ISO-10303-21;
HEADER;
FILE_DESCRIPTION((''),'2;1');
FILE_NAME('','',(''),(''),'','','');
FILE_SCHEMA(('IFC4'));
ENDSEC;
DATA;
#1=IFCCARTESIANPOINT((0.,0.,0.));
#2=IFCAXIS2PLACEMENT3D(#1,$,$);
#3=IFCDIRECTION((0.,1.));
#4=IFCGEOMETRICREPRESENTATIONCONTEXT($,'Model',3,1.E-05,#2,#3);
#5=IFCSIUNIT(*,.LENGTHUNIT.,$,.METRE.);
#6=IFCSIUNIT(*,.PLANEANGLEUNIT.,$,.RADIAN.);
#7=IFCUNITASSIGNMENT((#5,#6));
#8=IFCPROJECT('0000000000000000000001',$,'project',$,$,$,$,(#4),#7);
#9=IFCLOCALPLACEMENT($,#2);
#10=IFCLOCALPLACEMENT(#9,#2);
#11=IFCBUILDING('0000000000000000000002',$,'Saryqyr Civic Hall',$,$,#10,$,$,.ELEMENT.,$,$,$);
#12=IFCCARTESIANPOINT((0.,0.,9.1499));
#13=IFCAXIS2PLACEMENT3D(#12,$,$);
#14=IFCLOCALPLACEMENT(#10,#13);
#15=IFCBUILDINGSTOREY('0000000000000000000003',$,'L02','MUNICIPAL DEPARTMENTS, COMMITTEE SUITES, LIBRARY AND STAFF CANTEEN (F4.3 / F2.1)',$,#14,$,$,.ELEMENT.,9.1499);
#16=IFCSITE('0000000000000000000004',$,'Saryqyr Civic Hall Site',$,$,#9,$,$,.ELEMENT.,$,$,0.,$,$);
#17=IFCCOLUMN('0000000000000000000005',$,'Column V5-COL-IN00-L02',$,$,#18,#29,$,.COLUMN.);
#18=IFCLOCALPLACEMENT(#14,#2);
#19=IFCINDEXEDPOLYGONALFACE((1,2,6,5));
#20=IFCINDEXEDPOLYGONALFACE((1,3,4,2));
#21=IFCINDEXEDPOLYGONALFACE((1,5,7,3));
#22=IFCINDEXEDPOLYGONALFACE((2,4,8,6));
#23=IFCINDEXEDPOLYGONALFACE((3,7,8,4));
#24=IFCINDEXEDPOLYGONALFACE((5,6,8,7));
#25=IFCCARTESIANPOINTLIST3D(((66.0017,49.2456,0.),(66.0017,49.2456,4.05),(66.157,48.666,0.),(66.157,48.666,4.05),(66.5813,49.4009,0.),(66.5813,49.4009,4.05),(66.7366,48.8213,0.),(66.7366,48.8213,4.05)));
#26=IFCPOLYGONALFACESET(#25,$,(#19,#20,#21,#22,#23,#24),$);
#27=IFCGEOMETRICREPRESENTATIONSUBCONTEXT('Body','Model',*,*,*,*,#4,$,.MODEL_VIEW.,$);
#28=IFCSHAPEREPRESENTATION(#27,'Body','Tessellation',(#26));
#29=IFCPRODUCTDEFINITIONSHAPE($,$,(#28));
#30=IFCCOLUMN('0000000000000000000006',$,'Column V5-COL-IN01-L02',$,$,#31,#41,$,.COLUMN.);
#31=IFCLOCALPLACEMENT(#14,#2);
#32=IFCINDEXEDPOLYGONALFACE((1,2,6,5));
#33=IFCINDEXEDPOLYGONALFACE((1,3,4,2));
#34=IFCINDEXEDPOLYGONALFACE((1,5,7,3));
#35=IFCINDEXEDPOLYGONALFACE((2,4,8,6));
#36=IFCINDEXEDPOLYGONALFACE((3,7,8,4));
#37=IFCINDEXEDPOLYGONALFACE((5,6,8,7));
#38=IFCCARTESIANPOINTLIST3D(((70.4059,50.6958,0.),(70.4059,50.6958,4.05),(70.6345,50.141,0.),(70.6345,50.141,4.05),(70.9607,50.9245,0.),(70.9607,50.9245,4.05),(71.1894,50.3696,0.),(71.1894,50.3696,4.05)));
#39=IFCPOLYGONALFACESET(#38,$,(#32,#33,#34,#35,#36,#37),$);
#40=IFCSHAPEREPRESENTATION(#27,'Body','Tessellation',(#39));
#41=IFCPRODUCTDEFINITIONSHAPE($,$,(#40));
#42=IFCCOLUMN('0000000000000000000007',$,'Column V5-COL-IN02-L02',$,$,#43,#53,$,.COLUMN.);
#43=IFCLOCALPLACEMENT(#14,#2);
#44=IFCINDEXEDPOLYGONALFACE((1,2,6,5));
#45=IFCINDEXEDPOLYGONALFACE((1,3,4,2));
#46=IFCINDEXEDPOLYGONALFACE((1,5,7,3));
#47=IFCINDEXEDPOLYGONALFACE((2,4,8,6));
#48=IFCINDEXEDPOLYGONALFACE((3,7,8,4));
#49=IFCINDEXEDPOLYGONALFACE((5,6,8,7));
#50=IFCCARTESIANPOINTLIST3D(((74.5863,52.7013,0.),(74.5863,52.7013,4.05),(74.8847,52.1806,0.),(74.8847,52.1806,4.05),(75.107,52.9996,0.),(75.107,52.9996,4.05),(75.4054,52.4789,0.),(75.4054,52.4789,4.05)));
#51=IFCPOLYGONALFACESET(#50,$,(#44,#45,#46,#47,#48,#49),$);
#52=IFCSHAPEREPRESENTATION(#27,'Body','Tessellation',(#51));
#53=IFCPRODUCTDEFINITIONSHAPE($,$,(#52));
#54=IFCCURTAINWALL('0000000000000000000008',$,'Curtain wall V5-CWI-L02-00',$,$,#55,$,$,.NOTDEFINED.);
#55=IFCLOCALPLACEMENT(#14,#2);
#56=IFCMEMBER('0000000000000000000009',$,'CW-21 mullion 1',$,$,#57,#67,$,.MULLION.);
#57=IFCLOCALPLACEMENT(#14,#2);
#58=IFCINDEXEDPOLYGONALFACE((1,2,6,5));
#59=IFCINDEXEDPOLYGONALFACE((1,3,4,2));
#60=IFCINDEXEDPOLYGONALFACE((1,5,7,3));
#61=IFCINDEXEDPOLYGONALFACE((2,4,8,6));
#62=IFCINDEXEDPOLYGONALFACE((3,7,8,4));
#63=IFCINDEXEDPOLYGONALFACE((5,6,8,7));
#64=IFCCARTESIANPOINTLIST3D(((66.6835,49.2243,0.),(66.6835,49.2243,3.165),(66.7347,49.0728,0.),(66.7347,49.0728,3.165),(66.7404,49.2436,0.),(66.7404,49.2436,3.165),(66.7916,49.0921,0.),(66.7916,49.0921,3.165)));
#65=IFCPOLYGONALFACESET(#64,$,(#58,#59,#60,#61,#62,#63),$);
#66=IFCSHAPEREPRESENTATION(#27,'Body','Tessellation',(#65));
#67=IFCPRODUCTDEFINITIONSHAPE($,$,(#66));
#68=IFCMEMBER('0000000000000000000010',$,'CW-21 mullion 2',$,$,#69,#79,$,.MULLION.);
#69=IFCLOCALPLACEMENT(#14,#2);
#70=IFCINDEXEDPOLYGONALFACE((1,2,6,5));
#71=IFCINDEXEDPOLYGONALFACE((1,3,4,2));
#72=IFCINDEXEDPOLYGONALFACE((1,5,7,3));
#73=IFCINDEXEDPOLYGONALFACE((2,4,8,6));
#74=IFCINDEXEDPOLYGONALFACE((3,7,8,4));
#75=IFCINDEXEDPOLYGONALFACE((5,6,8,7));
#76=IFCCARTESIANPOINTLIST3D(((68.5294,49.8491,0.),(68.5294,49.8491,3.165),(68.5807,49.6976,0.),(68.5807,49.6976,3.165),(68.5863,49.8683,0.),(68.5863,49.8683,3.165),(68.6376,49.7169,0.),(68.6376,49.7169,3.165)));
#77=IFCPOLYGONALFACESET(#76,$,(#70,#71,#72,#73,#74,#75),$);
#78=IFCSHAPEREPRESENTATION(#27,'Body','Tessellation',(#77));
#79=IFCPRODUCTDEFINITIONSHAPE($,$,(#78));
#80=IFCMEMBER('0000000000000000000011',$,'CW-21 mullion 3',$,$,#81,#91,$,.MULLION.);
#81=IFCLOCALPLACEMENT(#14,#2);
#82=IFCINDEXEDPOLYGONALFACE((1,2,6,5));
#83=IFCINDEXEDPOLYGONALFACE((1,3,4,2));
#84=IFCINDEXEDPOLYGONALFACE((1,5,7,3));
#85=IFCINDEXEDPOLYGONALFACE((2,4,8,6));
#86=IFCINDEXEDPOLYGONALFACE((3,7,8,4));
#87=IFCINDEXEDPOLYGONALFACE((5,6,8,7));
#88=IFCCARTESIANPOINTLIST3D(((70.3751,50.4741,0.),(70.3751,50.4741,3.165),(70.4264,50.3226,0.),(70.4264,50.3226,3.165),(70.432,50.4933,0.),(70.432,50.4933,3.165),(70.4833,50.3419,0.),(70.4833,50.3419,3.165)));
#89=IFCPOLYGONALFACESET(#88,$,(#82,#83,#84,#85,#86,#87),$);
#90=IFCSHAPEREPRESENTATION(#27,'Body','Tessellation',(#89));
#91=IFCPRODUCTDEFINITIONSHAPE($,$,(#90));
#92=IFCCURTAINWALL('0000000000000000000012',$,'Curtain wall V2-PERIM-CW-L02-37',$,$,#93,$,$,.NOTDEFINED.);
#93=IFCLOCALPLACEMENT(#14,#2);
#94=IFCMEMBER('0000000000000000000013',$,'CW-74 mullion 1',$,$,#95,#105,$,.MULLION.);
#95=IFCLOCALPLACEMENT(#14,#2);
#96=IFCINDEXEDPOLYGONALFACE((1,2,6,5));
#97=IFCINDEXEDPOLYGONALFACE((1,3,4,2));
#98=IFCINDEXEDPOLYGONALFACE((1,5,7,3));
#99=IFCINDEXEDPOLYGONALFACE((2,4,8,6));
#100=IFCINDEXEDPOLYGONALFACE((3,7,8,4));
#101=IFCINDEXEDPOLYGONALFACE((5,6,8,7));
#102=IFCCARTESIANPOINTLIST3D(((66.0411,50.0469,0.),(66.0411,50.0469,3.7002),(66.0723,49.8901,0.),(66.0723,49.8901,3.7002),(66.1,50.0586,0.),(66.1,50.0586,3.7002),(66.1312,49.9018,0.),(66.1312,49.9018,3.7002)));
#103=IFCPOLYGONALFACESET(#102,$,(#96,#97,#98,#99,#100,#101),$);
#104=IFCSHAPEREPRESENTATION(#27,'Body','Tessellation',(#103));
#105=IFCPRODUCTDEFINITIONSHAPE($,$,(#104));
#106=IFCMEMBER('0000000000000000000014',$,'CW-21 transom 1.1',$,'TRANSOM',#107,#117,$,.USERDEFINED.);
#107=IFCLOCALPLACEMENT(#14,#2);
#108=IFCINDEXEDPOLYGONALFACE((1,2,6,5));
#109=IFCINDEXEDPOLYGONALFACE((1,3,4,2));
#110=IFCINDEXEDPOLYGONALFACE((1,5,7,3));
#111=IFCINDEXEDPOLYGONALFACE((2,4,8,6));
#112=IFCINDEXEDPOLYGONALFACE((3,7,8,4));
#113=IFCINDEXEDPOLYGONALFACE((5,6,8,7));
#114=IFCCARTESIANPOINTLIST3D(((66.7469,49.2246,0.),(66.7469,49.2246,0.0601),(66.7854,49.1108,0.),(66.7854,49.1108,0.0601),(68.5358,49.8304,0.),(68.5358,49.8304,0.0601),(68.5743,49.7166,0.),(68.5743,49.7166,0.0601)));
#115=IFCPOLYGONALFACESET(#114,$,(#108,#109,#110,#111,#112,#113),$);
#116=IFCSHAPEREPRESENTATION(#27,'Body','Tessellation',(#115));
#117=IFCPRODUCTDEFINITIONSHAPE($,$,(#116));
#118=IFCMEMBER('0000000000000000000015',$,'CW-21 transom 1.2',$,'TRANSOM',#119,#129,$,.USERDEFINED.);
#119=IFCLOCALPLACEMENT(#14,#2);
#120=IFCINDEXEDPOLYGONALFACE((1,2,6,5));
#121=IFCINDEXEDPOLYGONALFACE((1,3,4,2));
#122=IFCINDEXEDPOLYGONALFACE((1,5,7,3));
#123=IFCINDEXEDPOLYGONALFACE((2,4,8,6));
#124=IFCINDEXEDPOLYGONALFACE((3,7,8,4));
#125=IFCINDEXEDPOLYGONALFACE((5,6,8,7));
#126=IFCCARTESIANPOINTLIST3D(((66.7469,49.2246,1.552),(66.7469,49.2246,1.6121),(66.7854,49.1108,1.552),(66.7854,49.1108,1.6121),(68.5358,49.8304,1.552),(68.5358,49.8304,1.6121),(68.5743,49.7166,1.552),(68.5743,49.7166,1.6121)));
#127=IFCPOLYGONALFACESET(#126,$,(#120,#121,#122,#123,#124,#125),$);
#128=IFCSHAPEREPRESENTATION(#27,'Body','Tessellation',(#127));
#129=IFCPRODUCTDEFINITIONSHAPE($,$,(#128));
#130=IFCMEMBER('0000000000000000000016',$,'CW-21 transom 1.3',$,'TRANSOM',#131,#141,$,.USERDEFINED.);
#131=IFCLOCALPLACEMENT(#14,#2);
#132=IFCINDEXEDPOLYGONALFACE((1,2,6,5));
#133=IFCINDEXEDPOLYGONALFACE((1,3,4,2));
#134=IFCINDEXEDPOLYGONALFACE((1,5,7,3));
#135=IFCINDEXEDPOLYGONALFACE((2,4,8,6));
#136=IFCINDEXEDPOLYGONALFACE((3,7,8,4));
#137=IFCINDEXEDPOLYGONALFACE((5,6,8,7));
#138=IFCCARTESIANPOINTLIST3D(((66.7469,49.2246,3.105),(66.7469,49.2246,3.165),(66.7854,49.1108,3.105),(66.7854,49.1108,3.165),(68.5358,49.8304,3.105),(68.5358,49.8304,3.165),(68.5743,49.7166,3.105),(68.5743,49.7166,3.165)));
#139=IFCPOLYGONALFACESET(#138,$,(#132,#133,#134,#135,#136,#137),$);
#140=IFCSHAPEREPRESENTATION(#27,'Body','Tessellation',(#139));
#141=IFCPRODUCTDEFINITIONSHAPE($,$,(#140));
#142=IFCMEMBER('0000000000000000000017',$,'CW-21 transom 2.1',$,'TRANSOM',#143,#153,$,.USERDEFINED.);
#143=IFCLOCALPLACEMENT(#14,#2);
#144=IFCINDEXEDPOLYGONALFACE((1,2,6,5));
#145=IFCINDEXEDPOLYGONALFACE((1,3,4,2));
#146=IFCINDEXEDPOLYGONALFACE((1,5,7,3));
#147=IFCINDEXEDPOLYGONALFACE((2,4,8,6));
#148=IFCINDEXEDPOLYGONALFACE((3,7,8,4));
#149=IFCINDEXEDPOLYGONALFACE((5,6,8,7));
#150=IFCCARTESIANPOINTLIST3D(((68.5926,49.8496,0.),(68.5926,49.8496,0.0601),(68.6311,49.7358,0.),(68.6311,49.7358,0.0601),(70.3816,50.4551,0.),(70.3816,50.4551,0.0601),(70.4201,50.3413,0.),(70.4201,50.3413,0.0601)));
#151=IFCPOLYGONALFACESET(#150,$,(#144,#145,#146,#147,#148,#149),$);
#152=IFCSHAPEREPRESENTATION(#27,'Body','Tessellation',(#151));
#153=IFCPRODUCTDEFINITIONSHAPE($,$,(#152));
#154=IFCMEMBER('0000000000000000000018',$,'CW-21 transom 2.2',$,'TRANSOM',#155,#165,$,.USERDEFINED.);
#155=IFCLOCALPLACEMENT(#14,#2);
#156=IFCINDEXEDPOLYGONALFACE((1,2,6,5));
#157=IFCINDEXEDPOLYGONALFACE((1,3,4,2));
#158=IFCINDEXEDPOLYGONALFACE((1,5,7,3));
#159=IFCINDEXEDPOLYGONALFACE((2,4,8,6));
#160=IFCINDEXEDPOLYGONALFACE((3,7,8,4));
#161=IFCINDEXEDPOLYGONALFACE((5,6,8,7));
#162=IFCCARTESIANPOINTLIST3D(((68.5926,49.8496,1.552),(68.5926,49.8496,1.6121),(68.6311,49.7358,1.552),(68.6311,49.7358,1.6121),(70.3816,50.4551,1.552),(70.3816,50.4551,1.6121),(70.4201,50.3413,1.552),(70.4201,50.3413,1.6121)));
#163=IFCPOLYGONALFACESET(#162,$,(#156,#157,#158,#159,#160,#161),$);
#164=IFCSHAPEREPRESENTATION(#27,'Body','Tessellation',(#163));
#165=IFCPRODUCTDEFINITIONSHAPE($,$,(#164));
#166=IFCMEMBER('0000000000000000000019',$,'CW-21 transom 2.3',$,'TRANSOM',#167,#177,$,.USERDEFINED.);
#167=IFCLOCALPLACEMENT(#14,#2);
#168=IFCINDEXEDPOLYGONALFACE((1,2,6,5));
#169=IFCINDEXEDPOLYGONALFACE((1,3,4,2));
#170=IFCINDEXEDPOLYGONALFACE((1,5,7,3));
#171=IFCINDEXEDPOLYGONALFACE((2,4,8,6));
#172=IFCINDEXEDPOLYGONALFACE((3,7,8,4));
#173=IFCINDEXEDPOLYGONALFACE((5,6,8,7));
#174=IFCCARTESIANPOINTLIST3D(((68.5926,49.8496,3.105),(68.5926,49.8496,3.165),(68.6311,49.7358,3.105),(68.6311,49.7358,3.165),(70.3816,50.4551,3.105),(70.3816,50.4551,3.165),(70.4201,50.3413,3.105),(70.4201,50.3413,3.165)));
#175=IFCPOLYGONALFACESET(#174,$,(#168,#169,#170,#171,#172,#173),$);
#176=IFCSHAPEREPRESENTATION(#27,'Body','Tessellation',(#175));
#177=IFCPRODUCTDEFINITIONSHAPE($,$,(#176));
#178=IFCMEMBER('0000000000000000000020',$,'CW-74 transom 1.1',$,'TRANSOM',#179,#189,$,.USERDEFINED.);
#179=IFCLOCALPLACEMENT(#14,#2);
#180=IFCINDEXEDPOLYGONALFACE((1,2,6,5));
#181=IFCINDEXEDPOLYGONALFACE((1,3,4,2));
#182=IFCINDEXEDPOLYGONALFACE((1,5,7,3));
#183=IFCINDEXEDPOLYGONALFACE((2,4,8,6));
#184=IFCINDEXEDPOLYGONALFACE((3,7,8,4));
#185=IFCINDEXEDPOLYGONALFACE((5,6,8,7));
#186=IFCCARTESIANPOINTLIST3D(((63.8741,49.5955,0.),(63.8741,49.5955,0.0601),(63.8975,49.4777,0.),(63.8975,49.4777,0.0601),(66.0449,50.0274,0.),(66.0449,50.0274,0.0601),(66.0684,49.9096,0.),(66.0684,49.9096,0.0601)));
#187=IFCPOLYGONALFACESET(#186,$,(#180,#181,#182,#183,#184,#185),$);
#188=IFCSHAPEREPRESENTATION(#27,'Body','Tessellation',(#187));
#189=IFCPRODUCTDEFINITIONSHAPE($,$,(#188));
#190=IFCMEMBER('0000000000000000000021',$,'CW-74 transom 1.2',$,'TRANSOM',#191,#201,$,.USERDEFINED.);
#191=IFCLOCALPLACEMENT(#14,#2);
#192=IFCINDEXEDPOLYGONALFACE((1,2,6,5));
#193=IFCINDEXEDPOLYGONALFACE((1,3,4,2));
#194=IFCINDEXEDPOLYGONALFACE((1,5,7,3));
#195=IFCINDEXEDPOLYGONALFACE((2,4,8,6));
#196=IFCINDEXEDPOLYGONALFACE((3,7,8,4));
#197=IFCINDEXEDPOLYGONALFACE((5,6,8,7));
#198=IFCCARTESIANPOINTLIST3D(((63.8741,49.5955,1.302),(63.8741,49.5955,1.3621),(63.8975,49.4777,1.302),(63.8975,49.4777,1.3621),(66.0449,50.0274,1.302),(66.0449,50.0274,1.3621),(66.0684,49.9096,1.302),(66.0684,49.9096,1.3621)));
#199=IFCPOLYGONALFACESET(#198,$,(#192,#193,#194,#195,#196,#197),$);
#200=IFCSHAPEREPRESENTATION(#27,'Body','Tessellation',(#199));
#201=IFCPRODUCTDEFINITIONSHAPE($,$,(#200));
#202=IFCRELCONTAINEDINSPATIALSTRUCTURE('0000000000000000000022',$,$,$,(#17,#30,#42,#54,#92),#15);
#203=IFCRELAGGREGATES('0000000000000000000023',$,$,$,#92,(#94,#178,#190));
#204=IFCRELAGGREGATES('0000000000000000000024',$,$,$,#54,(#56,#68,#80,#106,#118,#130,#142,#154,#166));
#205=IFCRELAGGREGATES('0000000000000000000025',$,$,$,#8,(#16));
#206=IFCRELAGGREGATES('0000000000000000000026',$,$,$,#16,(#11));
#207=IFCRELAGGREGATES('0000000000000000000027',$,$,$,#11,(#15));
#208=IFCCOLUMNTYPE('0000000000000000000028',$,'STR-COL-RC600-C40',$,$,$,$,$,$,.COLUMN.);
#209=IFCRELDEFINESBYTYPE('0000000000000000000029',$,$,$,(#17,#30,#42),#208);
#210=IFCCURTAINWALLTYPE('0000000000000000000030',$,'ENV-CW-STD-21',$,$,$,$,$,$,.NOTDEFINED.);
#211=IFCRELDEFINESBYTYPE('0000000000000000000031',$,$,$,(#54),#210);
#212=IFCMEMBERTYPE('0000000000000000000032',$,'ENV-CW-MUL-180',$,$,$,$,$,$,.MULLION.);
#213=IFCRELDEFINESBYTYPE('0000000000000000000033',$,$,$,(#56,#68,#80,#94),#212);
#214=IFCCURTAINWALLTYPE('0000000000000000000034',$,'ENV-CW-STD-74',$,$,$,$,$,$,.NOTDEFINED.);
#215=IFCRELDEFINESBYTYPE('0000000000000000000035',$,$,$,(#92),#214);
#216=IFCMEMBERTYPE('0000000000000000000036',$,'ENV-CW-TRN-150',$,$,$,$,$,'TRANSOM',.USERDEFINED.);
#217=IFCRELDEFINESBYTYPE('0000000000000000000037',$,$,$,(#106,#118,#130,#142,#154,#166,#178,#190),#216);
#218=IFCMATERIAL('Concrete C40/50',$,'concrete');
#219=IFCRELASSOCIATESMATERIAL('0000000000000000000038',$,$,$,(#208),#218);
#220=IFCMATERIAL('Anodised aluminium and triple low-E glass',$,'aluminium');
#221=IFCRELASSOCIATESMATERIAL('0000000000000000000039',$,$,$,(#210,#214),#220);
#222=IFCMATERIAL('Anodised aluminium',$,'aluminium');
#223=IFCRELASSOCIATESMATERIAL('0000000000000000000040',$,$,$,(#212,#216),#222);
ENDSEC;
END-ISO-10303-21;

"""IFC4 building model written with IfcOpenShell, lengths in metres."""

from ifc_helpers import new_model, si_unit, direction, frame, origin, origin_2d, place, context, subcontext, project, spatial, rectangle, extrude, material, material_profile, profile_set, type_object, element, aggregate, save


model = new_model("IFC4")

# Units and contexts
model_context = context("Model", 3, precision=1e-05, world=origin(), true_north=direction((0.0, 1.0)))
body_context = subcontext(model_context, "Body", "Model", "MODEL_VIEW")
ifc_project = project(units=[si_unit("LENGTHUNIT", "METRE"), si_unit("PLANEANGLEUNIT", "RADIAN")], contexts=[model_context])

# Site, building, storey
site_placement = place(None, origin())
site = spatial("IfcSite", under=ifc_project, at=site_placement, Name="Saryqyr Civic Hall Site", CompositionType="ELEMENT", RefElevation=0.0)
building_placement = place(site_placement, origin())
building = spatial("IfcBuilding", under=site, at=building_placement, Name="Saryqyr Civic Hall", CompositionType="ELEMENT")
storey_placement = place(building_placement, frame((0.0, 0.0, 9.1499)))
storey = spatial("IfcBuildingStorey", under=building, at=storey_placement, Name="L02", Description="MUNICIPAL DEPARTMENTS, COMMITTEE SUITES, LIBRARY AND STAFF CANTEEN (F4.3 / F2.1)", CompositionType="ELEMENT", Elevation=9.1499)

# Columns
ifc_material_1 = material(Name="Concrete C40/50", Category="concrete")
ifc_material_profile_1 = material_profile(ifc_material_1, rectangle(XDim=0.6001, YDim=0.6001, at=origin_2d()), Name="RC 600x600")
ifc_profile_set_1 = profile_set([ifc_material_profile_1], Name="Concrete C40/50")
column_type = type_object("IfcColumnType", Name="STR-COL-RC600-C40", PredefinedType="COLUMN", material=ifc_profile_set_1)
for number, where, z_axis, x_axis, name in (
    (1, (66.3691, 49.0334, 0.0), (0.0, 0.0, 1.0), (0.258819, -0.965926, 0.0), "Column V5-COL-IN00-L02"),
    (2, (70.7976, 50.5327, 0.0), (0.0, 0.0, 1.0), (0.38107, -0.924546, 0.0), "Column V5-COL-IN01-L02"),
    (3, (74.9958, 52.5901, 0.0), (0.0, 0.0, 1.0), (0.497125, -0.867679, 0.0), "Column V5-COL-IN02-L02"),
):
    element("IfcColumn", number, at=place(storey_placement, frame(where, z_axis=z_axis, x_axis=x_axis)), inside=storey, type_object=column_type, Name=name, PredefinedType="COLUMN", context=body_context, shape_type="SweptSolid", body=[
        extrude(rectangle(XDim=0.6001, YDim=0.6001, at=origin_2d()), origin(), (0.0, 0.0, 1.0), 4.05),
    ])

# Curtain wall, members
ifc_material_2 = material(Name="Anodised aluminium and triple low-E glass", Category="aluminium")
curtain_wall_type_1 = type_object("IfcCurtainWallType", Name="ENV-CW-STD-21", PredefinedType="NOTDEFINED", material=ifc_material_2)
curtain_wall_1_placement = place(storey_placement, origin())
curtain_wall_1 = element("IfcCurtainWall", 4, at=curtain_wall_1_placement, inside=storey, type_object=curtain_wall_type_1, Name="Curtain wall V5-CWI-L02-00", PredefinedType="NOTDEFINED")
ifc_material_3 = material(Name="Anodised aluminium", Category="aluminium")
ifc_material_profile_2 = material_profile(ifc_material_3, rectangle(XDim=0.0601, YDim=0.1599, at=origin_2d()), Name="ALU MULLION 60x160")
ifc_profile_set_2 = profile_set([ifc_material_profile_2], Name="Anodised aluminium")
member_type_1 = type_object("IfcMemberType", Name="ENV-CW-MUL-180", PredefinedType="MULLION", material=ifc_profile_set_2)
member_1_placement = place(storey_placement, frame((66.7375, 49.1582, 0.0), z_axis=(0.0, 0.0, 1.0), x_axis=(0.947202, 0.320636, 0.0)))
member_1 = element("IfcMember", 5, at=member_1_placement, type_object=member_type_1, Name="CW-21 mullion 1", PredefinedType="MULLION", context=body_context, shape_type="SweptSolid", body=[
    extrude(rectangle(XDim=0.0601, YDim=0.1599, at=origin_2d()), origin(), (0.0, 0.0, 1.0), 3.165),
])
member_2_placement = place(storey_placement, frame((68.5835, 49.783, 0.0), z_axis=(0.0, 0.0, 1.0), x_axis=(0.947202, 0.320636, 0.0)))
member_2 = element("IfcMember", 6, at=member_2_placement, type_object=member_type_1, Name="CW-21 mullion 2", PredefinedType="MULLION", context=body_context, shape_type="SweptSolid", body=[
    extrude(rectangle(XDim=0.0601, YDim=0.1599, at=origin_2d()), origin(), (0.0, 0.0, 1.0), 3.165),
])
member_3_placement = place(storey_placement, frame((70.4292, 50.408, 0.0), z_axis=(0.0, 0.0, 1.0), x_axis=(0.947202, 0.320636, 0.0)))
member_3 = element("IfcMember", 7, at=member_3_placement, type_object=member_type_1, Name="CW-21 mullion 3", PredefinedType="MULLION", context=body_context, shape_type="SweptSolid", body=[
    extrude(rectangle(XDim=0.0601, YDim=0.1599, at=origin_2d()), origin(), (0.0, 0.0, 1.0), 3.165),
])

# Curtain wall, member
curtain_wall_type_2 = type_object("IfcCurtainWallType", Name="ENV-CW-STD-74", PredefinedType="NOTDEFINED", material=ifc_material_2)
curtain_wall_2_placement = place(storey_placement, origin())
curtain_wall_2 = element("IfcCurtainWall", 8, at=curtain_wall_2_placement, inside=storey, type_object=curtain_wall_type_2, Name="Curtain wall V2-PERIM-CW-L02-37", PredefinedType="NOTDEFINED")
member_4_placement = place(storey_placement, frame((66.0862, 49.9744, 0.0), z_axis=(0.0, 0.0, 1.0), x_axis=(-0.980785, -0.195093, 0.0)))
member_4 = element("IfcMember", 9, at=member_4_placement, type_object=member_type_1, Name="CW-74 mullion 1", PredefinedType="MULLION", context=body_context, shape_type="SweptSolid", body=[
    extrude(rectangle(XDim=0.0601, YDim=0.1599, at=origin_2d()), origin(), (0.0, 0.0, 1.0), 3.7002),
])

# Members
ifc_material_profile_3 = material_profile(ifc_material_3, rectangle(XDim=0.1201, YDim=0.0601, at=origin_2d()), Name="ALU TRANSOM 120x60")
ifc_profile_set_3 = profile_set([ifc_material_profile_3], Name="Anodised aluminium")
member_type_2 = type_object("IfcMemberType", Name="ENV-CW-TRN-150", ElementType="TRANSOM", PredefinedType="USERDEFINED", material=ifc_profile_set_3)
member_5_placement = place(storey_placement, frame((66.7661, 49.1677, 0.03), z_axis=(0.947173, 0.320723, 0.0), x_axis=(-0.320723, 0.947173, 0.0)))
member_5 = element("IfcMember", 10, at=member_5_placement, type_object=member_type_2, Name="CW-21 transom 1.1", ObjectType="TRANSOM", PredefinedType="USERDEFINED", context=body_context, shape_type="SweptSolid", body=[
    extrude(rectangle(XDim=0.1201, YDim=0.0601, at=origin_2d()), origin(), (0.0, 0.0, 1.0), 1.8887),
])
member_6_placement = place(storey_placement, frame((66.7661, 49.1677, 1.582), z_axis=(0.947173, 0.320723, 0.0), x_axis=(-0.320723, 0.947173, 0.0)))
member_6 = element("IfcMember", 11, at=member_6_placement, type_object=member_type_2, Name="CW-21 transom 1.2", ObjectType="TRANSOM", PredefinedType="USERDEFINED", context=body_context, shape_type="SweptSolid", body=[
    extrude(rectangle(XDim=0.1201, YDim=0.0601, at=origin_2d()), origin(), (0.0, 0.0, 1.0), 1.8887),
])
member_7_placement = place(storey_placement, frame((66.7661, 49.1677, 3.135), z_axis=(0.947173, 0.320723, 0.0), x_axis=(-0.320723, 0.947173, 0.0)))
member_7 = element("IfcMember", 12, at=member_7_placement, type_object=member_type_2, Name="CW-21 transom 1.3", ObjectType="TRANSOM", PredefinedType="USERDEFINED", context=body_context, shape_type="SweptSolid", body=[
    extrude(rectangle(XDim=0.1201, YDim=0.0601, at=origin_2d()), origin(), (0.0, 0.0, 1.0), 1.8887),
])
member_8_placement = place(storey_placement, frame((68.6118, 49.7927, 0.03), z_axis=(0.947226, 0.320568, 0.0), x_axis=(-0.320568, 0.947226, 0.0)))
member_8 = element("IfcMember", 13, at=member_8_placement, type_object=member_type_2, Name="CW-21 transom 2.1", ObjectType="TRANSOM", PredefinedType="USERDEFINED", context=body_context, shape_type="SweptSolid", body=[
    extrude(rectangle(XDim=0.1201, YDim=0.0601, at=origin_2d()), origin(), (0.0, 0.0, 1.0), 1.8887),
])
member_9_placement = place(storey_placement, frame((68.6118, 49.7927, 1.582), z_axis=(0.947226, 0.320568, 0.0), x_axis=(-0.320568, 0.947226, 0.0)))
member_9 = element("IfcMember", 14, at=member_9_placement, type_object=member_type_2, Name="CW-21 transom 2.2", ObjectType="TRANSOM", PredefinedType="USERDEFINED", context=body_context, shape_type="SweptSolid", body=[
    extrude(rectangle(XDim=0.1201, YDim=0.0601, at=origin_2d()), origin(), (0.0, 0.0, 1.0), 1.8887),
])
member_10_placement = place(storey_placement, frame((68.6118, 49.7927, 3.135), z_axis=(0.947226, 0.320568, 0.0), x_axis=(-0.320568, 0.947226, 0.0)))
member_10 = element("IfcMember", 15, at=member_10_placement, type_object=member_type_2, Name="CW-21 transom 2.3", ObjectType="TRANSOM", PredefinedType="USERDEFINED", context=body_context, shape_type="SweptSolid", body=[
    extrude(rectangle(XDim=0.1201, YDim=0.0601, at=origin_2d()), origin(), (0.0, 0.0, 1.0), 1.8887),
])
member_11_placement = place(storey_placement, frame((66.0566, 49.9685, 0.03), z_axis=(-0.98078, -0.195119, 0.0), x_axis=(0.195119, -0.98078, 0.0)))
member_11 = element("IfcMember", 16, at=member_11_placement, type_object=member_type_2, Name="CW-74 transom 1.1", ObjectType="TRANSOM", PredefinedType="USERDEFINED", context=body_context, shape_type="SweptSolid", body=[
    extrude(rectangle(XDim=0.1201, YDim=0.0601, at=origin_2d()), origin(), (0.0, 0.0, 1.0), 2.2134),
])
member_12_placement = place(storey_placement, frame((66.0566, 49.9685, 1.332), z_axis=(-0.98078, -0.195119, 0.0), x_axis=(0.195119, -0.98078, 0.0)))
member_12 = element("IfcMember", 17, at=member_12_placement, type_object=member_type_2, Name="CW-74 transom 1.2", ObjectType="TRANSOM", PredefinedType="USERDEFINED", context=body_context, shape_type="SweptSolid", body=[
    extrude(rectangle(XDim=0.1201, YDim=0.0601, at=origin_2d()), origin(), (0.0, 0.0, 1.0), 2.2134),
])
aggregate(curtain_wall_2, [member_4, member_11, member_12])

aggregate(curtain_wall_1, [member_1, member_2, member_3, member_5, member_6, member_7, member_8, member_9, member_10])

save(model, "model.ifc")
